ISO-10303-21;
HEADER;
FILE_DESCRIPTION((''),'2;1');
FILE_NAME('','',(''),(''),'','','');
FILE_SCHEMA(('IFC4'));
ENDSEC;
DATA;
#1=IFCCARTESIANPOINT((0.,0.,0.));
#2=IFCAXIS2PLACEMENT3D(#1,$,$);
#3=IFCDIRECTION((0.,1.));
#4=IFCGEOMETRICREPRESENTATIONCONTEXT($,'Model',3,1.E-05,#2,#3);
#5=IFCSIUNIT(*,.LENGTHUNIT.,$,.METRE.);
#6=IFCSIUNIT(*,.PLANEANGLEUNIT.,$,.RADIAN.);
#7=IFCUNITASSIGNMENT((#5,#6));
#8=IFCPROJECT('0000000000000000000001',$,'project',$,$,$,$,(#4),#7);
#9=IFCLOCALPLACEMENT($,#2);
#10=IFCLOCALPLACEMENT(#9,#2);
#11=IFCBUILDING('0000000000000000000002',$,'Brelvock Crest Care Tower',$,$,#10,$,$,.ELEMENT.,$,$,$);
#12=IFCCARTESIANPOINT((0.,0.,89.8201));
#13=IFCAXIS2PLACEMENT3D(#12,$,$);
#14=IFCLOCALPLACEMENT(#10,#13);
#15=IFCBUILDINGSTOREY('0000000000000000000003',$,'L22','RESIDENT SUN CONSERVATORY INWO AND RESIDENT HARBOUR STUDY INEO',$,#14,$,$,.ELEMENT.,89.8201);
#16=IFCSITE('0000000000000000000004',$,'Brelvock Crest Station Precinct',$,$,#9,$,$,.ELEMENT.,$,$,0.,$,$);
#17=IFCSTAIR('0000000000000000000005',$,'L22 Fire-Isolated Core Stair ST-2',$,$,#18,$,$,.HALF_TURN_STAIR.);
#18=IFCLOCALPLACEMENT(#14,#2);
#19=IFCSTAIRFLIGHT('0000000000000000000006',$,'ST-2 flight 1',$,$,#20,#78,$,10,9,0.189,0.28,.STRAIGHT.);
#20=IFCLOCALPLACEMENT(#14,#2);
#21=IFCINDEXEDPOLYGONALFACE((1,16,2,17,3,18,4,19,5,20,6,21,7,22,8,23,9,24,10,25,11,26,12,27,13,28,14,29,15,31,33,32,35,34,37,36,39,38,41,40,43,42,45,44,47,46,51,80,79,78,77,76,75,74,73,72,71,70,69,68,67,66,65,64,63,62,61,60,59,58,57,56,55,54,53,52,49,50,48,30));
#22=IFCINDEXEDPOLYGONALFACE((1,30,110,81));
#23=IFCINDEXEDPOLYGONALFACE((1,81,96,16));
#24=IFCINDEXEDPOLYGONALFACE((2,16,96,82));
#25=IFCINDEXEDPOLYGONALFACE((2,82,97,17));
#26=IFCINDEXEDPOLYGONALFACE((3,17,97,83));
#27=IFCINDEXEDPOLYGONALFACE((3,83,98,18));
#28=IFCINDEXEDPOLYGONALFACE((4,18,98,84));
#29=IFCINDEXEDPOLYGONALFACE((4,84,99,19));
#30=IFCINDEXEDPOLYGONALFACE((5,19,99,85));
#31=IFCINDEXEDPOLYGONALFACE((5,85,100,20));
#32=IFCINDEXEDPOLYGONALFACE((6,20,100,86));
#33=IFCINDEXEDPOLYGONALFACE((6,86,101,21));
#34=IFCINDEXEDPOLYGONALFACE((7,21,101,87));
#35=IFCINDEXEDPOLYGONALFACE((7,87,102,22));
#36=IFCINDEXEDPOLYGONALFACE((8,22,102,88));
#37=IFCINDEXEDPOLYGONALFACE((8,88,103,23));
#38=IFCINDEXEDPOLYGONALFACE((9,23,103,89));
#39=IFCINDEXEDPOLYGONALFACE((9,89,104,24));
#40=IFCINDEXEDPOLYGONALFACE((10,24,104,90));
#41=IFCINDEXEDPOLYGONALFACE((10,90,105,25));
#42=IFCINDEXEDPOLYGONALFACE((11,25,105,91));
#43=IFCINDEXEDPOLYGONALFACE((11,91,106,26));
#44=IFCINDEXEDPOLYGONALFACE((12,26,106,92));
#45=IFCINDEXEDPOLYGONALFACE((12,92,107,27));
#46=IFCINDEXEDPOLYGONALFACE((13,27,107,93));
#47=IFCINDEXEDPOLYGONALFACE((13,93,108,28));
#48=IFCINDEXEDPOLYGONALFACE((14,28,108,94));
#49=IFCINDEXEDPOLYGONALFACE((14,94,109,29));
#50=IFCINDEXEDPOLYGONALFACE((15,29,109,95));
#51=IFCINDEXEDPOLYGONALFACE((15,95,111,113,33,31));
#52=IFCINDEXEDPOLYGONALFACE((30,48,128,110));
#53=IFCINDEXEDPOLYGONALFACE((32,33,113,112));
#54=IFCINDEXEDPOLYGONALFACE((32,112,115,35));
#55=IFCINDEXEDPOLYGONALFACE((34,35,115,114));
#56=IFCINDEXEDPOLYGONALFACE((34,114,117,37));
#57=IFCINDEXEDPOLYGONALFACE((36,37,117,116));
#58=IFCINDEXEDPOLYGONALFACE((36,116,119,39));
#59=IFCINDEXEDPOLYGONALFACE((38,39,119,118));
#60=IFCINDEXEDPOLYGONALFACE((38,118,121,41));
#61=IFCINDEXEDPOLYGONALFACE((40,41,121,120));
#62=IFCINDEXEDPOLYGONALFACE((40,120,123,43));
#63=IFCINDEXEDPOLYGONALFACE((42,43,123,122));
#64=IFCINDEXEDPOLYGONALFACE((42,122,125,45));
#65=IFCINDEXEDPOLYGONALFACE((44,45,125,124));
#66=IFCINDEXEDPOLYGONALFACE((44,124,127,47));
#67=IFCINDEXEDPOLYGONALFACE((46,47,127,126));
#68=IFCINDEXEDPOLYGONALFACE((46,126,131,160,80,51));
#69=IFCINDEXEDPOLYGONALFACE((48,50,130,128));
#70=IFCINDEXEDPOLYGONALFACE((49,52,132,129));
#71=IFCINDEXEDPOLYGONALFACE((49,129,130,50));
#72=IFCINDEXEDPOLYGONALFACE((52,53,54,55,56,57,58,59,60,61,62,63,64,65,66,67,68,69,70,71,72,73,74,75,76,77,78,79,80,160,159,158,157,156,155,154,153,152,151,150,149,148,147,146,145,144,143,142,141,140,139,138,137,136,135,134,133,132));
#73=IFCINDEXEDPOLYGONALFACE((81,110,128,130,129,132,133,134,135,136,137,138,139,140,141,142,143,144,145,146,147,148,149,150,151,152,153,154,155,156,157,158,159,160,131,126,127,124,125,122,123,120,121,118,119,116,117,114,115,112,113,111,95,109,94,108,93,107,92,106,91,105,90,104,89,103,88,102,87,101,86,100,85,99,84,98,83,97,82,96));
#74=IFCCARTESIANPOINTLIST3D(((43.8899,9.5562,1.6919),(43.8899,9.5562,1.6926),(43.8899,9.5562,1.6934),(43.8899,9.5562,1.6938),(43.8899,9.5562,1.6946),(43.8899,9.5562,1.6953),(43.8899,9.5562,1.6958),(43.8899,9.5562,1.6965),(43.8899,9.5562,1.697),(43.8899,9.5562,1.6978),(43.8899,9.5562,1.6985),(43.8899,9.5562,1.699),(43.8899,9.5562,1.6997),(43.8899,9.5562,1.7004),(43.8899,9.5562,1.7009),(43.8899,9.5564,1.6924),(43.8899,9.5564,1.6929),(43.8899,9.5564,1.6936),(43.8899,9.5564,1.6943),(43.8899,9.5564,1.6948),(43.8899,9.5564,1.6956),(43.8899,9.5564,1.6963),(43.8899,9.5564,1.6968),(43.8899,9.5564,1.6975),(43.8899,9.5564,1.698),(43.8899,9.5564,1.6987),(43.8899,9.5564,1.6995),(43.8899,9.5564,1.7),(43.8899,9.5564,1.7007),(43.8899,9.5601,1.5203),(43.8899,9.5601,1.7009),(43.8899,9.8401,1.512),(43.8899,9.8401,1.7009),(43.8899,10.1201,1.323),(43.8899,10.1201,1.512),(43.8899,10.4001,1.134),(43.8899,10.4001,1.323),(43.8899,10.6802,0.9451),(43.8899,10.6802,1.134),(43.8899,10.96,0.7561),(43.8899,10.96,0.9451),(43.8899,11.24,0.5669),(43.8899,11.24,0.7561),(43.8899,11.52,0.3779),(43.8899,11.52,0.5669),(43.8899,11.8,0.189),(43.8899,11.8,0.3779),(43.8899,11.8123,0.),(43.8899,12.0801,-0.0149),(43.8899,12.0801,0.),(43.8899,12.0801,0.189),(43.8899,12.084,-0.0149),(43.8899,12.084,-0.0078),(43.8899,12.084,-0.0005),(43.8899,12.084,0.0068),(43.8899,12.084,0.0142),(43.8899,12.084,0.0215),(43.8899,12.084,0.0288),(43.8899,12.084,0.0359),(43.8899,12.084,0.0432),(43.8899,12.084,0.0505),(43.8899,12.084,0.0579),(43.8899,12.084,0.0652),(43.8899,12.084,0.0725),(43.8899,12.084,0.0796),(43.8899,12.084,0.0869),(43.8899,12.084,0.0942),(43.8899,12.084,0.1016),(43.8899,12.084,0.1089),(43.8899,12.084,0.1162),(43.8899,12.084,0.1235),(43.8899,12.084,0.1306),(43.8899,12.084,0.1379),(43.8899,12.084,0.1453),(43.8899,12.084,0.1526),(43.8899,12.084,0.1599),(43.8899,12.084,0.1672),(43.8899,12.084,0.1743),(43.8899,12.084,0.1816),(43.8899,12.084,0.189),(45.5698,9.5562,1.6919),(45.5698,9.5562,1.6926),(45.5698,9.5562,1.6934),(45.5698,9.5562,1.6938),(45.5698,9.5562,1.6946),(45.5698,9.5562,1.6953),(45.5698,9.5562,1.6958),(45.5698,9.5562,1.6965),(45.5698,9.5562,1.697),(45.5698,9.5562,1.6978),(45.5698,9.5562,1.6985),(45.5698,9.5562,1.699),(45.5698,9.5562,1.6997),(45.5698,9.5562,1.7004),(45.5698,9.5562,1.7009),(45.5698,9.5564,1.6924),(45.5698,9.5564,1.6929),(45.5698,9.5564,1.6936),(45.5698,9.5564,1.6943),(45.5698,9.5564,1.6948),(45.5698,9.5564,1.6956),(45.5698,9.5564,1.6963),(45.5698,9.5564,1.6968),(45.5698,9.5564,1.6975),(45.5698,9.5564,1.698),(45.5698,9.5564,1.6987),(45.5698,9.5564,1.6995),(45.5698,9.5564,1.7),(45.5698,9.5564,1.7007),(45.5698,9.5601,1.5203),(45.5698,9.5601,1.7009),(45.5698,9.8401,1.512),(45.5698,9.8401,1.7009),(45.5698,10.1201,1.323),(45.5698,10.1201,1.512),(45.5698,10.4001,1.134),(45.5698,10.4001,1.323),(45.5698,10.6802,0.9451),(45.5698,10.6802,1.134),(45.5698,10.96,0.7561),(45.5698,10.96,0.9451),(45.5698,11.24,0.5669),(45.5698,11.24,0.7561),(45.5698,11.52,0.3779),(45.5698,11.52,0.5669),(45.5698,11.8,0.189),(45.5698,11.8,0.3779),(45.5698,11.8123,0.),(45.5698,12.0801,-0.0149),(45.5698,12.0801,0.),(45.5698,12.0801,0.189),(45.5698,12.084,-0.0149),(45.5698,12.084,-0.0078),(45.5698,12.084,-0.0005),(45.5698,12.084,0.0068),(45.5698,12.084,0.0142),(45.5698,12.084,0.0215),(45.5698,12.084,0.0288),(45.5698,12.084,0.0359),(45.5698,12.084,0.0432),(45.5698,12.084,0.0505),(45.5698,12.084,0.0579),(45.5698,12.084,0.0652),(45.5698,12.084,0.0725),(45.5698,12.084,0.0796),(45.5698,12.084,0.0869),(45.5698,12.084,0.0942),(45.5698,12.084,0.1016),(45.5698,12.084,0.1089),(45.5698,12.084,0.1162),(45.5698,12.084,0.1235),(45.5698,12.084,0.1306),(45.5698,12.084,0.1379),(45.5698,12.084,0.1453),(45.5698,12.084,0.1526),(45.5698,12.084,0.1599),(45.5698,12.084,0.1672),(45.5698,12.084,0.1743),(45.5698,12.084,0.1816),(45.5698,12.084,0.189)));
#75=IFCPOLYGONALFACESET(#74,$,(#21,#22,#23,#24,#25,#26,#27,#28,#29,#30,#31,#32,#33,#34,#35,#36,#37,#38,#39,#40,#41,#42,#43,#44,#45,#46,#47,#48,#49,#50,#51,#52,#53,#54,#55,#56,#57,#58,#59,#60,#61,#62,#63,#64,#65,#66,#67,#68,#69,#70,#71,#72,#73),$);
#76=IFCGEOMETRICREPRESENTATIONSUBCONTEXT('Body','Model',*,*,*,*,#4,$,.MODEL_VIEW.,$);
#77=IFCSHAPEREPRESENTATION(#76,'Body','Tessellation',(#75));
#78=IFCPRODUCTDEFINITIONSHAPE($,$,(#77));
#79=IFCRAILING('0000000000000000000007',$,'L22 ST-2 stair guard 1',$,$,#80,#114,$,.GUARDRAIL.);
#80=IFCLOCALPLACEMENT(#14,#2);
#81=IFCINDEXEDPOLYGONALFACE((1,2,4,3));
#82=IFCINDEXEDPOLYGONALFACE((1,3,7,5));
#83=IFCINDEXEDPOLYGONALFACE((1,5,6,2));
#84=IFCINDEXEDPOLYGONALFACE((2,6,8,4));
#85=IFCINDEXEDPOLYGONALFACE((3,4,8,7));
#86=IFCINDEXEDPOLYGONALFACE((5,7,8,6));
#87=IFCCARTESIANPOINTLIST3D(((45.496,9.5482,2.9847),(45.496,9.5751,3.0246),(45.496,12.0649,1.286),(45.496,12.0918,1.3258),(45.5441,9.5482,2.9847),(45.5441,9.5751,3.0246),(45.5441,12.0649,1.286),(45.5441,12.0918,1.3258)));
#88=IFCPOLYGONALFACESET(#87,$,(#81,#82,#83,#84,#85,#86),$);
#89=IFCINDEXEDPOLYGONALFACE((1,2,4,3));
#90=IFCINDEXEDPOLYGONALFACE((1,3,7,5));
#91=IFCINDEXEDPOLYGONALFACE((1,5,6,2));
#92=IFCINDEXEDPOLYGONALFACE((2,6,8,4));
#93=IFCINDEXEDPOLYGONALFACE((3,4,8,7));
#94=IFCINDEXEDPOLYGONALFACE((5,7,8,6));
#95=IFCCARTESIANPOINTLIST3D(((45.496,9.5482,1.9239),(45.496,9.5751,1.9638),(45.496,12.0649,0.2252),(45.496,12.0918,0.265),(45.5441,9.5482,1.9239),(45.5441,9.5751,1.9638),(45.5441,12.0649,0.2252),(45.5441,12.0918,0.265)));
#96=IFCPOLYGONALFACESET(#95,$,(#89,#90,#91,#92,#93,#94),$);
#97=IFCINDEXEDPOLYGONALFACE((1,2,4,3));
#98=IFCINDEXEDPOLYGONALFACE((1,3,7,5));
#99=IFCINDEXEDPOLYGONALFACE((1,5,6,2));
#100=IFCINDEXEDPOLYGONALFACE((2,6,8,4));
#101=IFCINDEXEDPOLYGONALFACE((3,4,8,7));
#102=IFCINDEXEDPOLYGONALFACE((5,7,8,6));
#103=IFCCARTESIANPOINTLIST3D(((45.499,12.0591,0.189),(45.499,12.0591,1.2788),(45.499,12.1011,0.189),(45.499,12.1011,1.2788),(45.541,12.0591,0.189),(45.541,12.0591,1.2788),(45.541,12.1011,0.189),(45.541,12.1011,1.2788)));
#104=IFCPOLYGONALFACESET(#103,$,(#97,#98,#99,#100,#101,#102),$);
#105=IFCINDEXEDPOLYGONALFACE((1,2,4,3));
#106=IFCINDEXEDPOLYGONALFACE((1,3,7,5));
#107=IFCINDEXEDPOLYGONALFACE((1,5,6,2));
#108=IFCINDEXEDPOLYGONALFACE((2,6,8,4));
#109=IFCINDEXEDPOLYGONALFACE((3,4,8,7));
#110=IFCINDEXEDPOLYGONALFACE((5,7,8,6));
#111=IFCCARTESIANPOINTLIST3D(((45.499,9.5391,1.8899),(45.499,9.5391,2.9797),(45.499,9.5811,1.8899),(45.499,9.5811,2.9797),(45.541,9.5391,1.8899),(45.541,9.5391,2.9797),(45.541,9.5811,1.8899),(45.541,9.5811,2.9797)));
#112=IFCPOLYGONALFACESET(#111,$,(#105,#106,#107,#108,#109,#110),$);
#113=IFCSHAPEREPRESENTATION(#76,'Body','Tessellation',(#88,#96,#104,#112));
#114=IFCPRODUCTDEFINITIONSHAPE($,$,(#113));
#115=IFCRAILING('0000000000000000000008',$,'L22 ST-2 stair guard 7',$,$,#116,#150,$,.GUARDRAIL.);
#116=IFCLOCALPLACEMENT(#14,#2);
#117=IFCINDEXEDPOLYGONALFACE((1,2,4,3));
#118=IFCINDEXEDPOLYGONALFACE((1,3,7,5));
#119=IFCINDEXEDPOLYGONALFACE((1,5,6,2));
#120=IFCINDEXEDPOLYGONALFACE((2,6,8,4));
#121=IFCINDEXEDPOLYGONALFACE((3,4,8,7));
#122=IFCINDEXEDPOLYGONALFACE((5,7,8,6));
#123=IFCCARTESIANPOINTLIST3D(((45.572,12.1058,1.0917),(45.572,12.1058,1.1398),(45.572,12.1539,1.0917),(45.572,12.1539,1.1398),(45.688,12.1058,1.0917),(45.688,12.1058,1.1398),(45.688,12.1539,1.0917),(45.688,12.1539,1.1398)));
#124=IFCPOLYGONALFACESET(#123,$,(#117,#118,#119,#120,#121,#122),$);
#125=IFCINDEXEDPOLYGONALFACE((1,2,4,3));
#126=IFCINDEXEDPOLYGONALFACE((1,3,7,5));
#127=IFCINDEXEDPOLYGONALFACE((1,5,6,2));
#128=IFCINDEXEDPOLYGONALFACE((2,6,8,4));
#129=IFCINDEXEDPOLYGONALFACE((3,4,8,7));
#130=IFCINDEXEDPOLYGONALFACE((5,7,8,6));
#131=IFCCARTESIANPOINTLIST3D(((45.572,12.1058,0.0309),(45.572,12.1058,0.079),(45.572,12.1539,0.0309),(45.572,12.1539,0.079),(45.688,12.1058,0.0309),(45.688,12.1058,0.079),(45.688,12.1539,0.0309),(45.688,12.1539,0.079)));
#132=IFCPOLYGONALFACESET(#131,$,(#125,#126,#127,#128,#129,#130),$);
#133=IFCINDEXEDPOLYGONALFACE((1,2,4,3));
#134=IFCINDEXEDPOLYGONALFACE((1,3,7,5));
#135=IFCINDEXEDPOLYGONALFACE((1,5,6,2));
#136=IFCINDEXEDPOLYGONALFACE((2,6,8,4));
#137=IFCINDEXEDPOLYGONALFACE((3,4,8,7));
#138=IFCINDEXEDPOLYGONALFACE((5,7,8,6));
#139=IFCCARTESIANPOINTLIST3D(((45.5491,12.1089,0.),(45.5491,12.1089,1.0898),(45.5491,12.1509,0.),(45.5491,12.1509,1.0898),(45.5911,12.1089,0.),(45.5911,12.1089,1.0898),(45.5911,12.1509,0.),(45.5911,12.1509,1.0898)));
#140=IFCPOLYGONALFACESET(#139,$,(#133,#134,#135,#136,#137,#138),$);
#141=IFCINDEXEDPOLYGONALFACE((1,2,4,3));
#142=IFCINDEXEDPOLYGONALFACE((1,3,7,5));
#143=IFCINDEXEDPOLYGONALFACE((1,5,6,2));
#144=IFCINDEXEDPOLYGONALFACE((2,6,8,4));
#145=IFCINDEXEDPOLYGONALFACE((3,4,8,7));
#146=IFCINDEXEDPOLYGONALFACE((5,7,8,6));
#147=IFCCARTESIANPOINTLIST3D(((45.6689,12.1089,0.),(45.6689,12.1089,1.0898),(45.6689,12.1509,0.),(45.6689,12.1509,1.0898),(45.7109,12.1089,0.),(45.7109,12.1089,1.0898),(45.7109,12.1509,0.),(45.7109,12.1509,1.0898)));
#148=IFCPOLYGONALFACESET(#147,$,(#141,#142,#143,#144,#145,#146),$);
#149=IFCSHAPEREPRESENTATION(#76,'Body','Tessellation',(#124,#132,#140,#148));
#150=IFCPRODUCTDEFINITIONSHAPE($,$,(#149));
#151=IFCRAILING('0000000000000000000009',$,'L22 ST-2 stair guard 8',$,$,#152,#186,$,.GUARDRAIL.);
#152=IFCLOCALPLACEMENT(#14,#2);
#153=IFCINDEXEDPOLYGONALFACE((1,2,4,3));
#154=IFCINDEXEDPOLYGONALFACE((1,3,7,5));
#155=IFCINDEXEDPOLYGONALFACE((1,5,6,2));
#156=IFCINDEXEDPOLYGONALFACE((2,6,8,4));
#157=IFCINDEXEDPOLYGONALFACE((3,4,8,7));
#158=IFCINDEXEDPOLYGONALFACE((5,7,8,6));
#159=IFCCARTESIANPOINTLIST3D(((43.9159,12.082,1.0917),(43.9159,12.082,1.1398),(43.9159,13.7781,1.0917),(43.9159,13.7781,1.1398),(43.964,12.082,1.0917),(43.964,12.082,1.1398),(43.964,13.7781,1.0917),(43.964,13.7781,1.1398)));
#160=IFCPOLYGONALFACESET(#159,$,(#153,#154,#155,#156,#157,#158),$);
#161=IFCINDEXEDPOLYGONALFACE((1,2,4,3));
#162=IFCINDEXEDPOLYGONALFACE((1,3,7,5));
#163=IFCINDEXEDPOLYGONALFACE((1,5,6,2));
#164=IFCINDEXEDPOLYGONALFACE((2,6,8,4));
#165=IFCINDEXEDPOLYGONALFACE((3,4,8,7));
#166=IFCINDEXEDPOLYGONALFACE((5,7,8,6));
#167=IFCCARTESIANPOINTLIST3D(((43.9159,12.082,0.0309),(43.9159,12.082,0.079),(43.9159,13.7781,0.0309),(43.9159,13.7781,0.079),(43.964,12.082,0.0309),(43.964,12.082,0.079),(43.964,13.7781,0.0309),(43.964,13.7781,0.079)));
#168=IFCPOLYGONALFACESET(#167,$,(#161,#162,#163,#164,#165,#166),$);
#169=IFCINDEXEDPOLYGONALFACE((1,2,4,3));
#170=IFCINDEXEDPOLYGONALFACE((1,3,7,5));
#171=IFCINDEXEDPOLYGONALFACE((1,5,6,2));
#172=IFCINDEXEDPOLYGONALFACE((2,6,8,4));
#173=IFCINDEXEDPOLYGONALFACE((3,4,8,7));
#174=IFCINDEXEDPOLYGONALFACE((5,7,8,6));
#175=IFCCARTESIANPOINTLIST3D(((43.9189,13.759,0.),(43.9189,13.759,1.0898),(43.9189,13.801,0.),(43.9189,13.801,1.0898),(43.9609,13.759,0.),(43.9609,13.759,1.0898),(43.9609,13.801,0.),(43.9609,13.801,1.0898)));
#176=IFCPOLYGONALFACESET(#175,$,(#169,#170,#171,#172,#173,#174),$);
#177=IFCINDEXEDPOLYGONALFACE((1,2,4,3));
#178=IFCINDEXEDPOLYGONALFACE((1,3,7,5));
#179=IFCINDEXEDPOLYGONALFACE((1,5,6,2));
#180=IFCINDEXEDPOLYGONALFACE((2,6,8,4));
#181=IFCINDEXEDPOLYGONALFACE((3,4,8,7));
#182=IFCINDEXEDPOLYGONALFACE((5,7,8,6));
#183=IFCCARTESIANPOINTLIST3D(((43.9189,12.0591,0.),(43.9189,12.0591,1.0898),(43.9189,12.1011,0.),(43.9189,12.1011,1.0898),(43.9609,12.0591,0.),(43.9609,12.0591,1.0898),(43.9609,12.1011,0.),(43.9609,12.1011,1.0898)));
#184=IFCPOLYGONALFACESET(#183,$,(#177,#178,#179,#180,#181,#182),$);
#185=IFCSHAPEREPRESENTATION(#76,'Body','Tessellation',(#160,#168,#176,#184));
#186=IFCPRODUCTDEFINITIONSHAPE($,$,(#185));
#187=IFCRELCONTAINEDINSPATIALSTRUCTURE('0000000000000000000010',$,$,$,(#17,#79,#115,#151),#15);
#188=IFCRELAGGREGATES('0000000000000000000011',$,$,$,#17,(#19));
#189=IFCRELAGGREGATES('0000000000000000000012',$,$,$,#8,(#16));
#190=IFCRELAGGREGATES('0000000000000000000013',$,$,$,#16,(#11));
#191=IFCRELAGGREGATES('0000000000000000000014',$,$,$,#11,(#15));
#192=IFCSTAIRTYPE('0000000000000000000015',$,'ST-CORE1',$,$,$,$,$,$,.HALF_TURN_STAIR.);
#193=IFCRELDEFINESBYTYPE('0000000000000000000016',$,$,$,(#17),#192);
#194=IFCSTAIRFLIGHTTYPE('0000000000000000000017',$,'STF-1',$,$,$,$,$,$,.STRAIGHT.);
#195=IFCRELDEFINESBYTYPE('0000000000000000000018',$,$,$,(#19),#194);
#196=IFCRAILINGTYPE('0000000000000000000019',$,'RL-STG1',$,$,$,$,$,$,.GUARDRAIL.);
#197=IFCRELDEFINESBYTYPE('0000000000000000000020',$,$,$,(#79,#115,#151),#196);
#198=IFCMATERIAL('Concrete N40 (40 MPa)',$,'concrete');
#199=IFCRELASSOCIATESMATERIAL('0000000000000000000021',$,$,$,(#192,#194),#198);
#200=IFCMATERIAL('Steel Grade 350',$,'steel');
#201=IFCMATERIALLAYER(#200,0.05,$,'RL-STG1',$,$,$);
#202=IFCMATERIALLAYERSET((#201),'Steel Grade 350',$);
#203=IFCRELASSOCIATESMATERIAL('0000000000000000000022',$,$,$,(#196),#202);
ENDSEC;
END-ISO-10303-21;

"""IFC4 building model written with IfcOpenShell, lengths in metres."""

from ifc_helpers import new_model, si_unit, direction, frame, origin, origin_2d, place, context, subcontext, project, spatial, polyline, rectangle, outline, extrude, material, layer, layer_set, type_object, element, aggregate, save


model = new_model("IFC4")

# Units and contexts
model_context = context("Model", 3, precision=1e-05, world=origin(), true_north=direction((0.0, 1.0)))
body_context = subcontext(model_context, "Body", "Model", "MODEL_VIEW")
ifc_project = project(units=[si_unit("LENGTHUNIT", "METRE"), si_unit("PLANEANGLEUNIT", "RADIAN")], contexts=[model_context])

# Site, building, storey
site_placement = place(None, origin())
site = spatial("IfcSite", under=ifc_project, at=site_placement, Name="Brelvock Crest Station Precinct", CompositionType="ELEMENT", RefElevation=0.0)
building_placement = place(site_placement, origin())
building = spatial("IfcBuilding", under=site, at=building_placement, Name="Brelvock Crest Care Tower", CompositionType="ELEMENT")
storey_placement = place(building_placement, frame((0.0, 0.0, 89.8201)))
storey = spatial("IfcBuildingStorey", under=building, at=storey_placement, Name="L22", Description="RESIDENT SUN CONSERVATORY INWO AND RESIDENT HARBOUR STUDY INEO", CompositionType="ELEMENT", Elevation=89.8201)

# Shared definitions
ifc_material_1 = material(Name="Steel Grade 350", Category="steel")

# Stair, stair flight
ifc_material_2 = material(Name="Concrete N40 (40 MPa)", Category="concrete")
stair_type = type_object("IfcStairType", Name="ST-CORE1", PredefinedType="HALF_TURN_STAIR", material=ifc_material_2)
stair_placement = place(storey_placement, origin())
stair = element("IfcStair", 1, at=stair_placement, inside=storey, type_object=stair_type, Name="L22 Fire-Isolated Core Stair ST-2", PredefinedType="HALF_TURN_STAIR")
stair_flight_type = type_object("IfcStairFlightType", Name="STF-1", PredefinedType="STRAIGHT", material=ifc_material_2)
stair_flight_placement = place(storey_placement, frame((44.73, 12.0801, 0.0), z_axis=(0.0, 0.0, 1.0), x_axis=(0.0, -1.0, 0.0)))
stair_flight = element("IfcStairFlight", 2, at=stair_flight_placement, type_object=stair_flight_type, Name="ST-2 flight 1", NumberOfRisers=10, NumberOfTreads=9, PredefinedType="STRAIGHT", RiserHeight=0.189, TreadLength=0.28, context=body_context, shape_type="SweptSolid", body=[
    extrude(outline(polyline([(-0.0039, -0.0149), (-0.0039, -0.0078), (-0.0039, -0.0005), (-0.0039, 0.0068), (-0.0039, 0.0142), (-0.0039, 0.0215), (-0.0039, 0.0288), (-0.0039, 0.0359), (-0.0039, 0.0432), (-0.0039, 0.0505), (-0.0039, 0.0579), (-0.0039, 0.0652), (-0.0039, 0.0725), (-0.0039, 0.0796), (-0.0039, 0.0869), (-0.0039, 0.0942), (-0.0039, 0.1016), (-0.0039, 0.1089), (-0.0039, 0.1162), (-0.0039, 0.1235), (-0.0039, 0.1306), (-0.0039, 0.1379), (-0.0039, 0.1453), (-0.0039, 0.1526), (-0.0039, 0.1599), (-0.0039, 0.1672), (-0.0039, 0.1743), (-0.0039, 0.1816), (-0.0039, 0.189), (0.0, 0.189), (0.28, 0.189), (0.28, 0.3779), (0.5601, 0.3779), (0.5601, 0.5669), (0.8401, 0.5669), (0.8401, 0.7561), (1.1201, 0.7561), (1.1201, 0.9451), (1.3999, 0.9451), (1.3999, 1.134), (1.6799, 1.134), (1.6799, 1.323), (1.96, 1.323), (1.96, 1.512), (2.24, 1.512), (2.24, 1.7009), (2.52, 1.7009), (2.5239, 1.7009), (2.5237, 1.7007), (2.5239, 1.7004), (2.5237, 1.7), (2.5239, 1.6997), (2.5237, 1.6995), (2.5239, 1.699), (2.5237, 1.6987), (2.5239, 1.6985), (2.5237, 1.698), (2.5239, 1.6978), (2.5237, 1.6975), (2.5239, 1.697), (2.5237, 1.6968), (2.5239, 1.6965), (2.5237, 1.6963), (2.5239, 1.6958), (2.5237, 1.6956), (2.5239, 1.6953), (2.5237, 1.6948), (2.5239, 1.6946), (2.5237, 1.6943), (2.5239, 1.6938), (2.5237, 1.6936), (2.5239, 1.6934), (2.5237, 1.6929), (2.5239, 1.6926), (2.5237, 1.6924), (2.5239, 1.6919), (2.52, 1.5203), (0.2678, 0.0), (0.0, 0.0), (0.0, -0.0149), (-0.0039, -0.0149)])), frame((0.0, 0.8398, 0.0), z_axis=(0.0, -1.0, 0.0), x_axis=(1.0, 0.0, 0.0)), (0.0, 0.0, 1.0), 1.6799),
])
aggregate(stair, [stair_flight])

# Railings
ifc_layer_1 = layer(ifc_material_1, 0.05, Name="RL-STG1")
ifc_layer_set_1 = layer_set([ifc_layer_1], Name="Steel Grade 350")
railing_type_1 = type_object("IfcRailingType", Name="RL-STG1", PredefinedType="GUARDRAIL", material=ifc_layer_set_1)
railing_1_placement = place(storey_placement, frame((45.52, 12.0801, 0.189)))
element("IfcRailing", 3, at=railing_1_placement, inside=storey, type_object=railing_type_1, Name="L22 ST-2 stair guard 1", PredefinedType="GUARDRAIL", context=body_context, shape_type="SweptSolid", body=[
    extrude(rectangle(XDim=0.0481, YDim=0.0481, at=origin_2d()), frame((0.0, -0.0017, 1.1169), z_axis=(0.0, -0.828862, 0.559454), x_axis=(1.0, 0.0, 0.0)), (0.0, 0.0, 1.0), 3.0364),
    extrude(rectangle(XDim=0.0481, YDim=0.0481, at=origin_2d()), frame((0.0, -0.0017, 0.0562), z_axis=(0.0, -0.828862, 0.559454), x_axis=(1.0, 0.0, 0.0)), (0.0, 0.0, 1.0), 3.0364),
    extrude(rectangle(XDim=0.042, YDim=0.042, at=origin_2d()), origin(), (0.0, 0.0, 1.0), 1.0898),
    extrude(rectangle(XDim=0.042, YDim=0.042, at=origin_2d()), frame((0.0, -2.52, 1.7009)), (0.0, 0.0, 1.0), 1.0898),
])
railing_2_placement = place(storey_placement, frame((45.5701, 12.1299, 0.0)))
element("IfcRailing", 4, at=railing_2_placement, inside=storey, type_object=railing_type_1, Name="L22 ST-2 stair guard 7", PredefinedType="GUARDRAIL", context=body_context, shape_type="SweptSolid", body=[
    extrude(rectangle(XDim=0.0481, YDim=0.0481, at=origin_2d()), frame((0.002, 0.0, 1.1157), z_axis=(1.0, 0.0, 0.0), x_axis=(0.0, 1.0, 0.0)), (0.0, 0.0, 1.0), 0.116),
    extrude(rectangle(XDim=0.0481, YDim=0.0481, at=origin_2d()), frame((0.002, 0.0, 0.0549), z_axis=(1.0, 0.0, 0.0), x_axis=(0.0, 1.0, 0.0)), (0.0, 0.0, 1.0), 0.116),
    extrude(rectangle(XDim=0.042, YDim=0.042, at=origin_2d()), origin(), (0.0, 0.0, 1.0), 1.0898),
    extrude(rectangle(XDim=0.042, YDim=0.042, at=origin_2d()), frame((0.1199, 0.0, 0.0)), (0.0, 0.0, 1.0), 1.0898),
])
for number, where, name in (
    (5, (43.9399, 13.78, 0.0), "L22 ST-2 stair guard 8"),
):
    element("IfcRailing", number, at=place(storey_placement, frame(where)), inside=storey, type_object=railing_type_1, Name=name, PredefinedType="GUARDRAIL", context=body_context, shape_type="SweptSolid", body=[
        extrude(rectangle(XDim=0.0481, YDim=0.0481, at=origin_2d()), frame((0.0, -0.002, 1.1157), z_axis=(0.0, -1.0, 0.0), x_axis=(1.0, 0.0, 0.0)), (0.0, 0.0, 1.0), 1.696),
        extrude(rectangle(XDim=0.0481, YDim=0.0481, at=origin_2d()), frame((0.0, -0.002, 0.0549), z_axis=(0.0, -1.0, 0.0), x_axis=(1.0, 0.0, 0.0)), (0.0, 0.0, 1.0), 1.696),
        extrude(rectangle(XDim=0.042, YDim=0.042, at=origin_2d()), origin(), (0.0, 0.0, 1.0), 1.0898),
        extrude(rectangle(XDim=0.042, YDim=0.042, at=origin_2d()), frame((0.0, -1.7, 0.0)), (0.0, 0.0, 1.0), 1.0898),
    ])

save(model, "model.ifc")
